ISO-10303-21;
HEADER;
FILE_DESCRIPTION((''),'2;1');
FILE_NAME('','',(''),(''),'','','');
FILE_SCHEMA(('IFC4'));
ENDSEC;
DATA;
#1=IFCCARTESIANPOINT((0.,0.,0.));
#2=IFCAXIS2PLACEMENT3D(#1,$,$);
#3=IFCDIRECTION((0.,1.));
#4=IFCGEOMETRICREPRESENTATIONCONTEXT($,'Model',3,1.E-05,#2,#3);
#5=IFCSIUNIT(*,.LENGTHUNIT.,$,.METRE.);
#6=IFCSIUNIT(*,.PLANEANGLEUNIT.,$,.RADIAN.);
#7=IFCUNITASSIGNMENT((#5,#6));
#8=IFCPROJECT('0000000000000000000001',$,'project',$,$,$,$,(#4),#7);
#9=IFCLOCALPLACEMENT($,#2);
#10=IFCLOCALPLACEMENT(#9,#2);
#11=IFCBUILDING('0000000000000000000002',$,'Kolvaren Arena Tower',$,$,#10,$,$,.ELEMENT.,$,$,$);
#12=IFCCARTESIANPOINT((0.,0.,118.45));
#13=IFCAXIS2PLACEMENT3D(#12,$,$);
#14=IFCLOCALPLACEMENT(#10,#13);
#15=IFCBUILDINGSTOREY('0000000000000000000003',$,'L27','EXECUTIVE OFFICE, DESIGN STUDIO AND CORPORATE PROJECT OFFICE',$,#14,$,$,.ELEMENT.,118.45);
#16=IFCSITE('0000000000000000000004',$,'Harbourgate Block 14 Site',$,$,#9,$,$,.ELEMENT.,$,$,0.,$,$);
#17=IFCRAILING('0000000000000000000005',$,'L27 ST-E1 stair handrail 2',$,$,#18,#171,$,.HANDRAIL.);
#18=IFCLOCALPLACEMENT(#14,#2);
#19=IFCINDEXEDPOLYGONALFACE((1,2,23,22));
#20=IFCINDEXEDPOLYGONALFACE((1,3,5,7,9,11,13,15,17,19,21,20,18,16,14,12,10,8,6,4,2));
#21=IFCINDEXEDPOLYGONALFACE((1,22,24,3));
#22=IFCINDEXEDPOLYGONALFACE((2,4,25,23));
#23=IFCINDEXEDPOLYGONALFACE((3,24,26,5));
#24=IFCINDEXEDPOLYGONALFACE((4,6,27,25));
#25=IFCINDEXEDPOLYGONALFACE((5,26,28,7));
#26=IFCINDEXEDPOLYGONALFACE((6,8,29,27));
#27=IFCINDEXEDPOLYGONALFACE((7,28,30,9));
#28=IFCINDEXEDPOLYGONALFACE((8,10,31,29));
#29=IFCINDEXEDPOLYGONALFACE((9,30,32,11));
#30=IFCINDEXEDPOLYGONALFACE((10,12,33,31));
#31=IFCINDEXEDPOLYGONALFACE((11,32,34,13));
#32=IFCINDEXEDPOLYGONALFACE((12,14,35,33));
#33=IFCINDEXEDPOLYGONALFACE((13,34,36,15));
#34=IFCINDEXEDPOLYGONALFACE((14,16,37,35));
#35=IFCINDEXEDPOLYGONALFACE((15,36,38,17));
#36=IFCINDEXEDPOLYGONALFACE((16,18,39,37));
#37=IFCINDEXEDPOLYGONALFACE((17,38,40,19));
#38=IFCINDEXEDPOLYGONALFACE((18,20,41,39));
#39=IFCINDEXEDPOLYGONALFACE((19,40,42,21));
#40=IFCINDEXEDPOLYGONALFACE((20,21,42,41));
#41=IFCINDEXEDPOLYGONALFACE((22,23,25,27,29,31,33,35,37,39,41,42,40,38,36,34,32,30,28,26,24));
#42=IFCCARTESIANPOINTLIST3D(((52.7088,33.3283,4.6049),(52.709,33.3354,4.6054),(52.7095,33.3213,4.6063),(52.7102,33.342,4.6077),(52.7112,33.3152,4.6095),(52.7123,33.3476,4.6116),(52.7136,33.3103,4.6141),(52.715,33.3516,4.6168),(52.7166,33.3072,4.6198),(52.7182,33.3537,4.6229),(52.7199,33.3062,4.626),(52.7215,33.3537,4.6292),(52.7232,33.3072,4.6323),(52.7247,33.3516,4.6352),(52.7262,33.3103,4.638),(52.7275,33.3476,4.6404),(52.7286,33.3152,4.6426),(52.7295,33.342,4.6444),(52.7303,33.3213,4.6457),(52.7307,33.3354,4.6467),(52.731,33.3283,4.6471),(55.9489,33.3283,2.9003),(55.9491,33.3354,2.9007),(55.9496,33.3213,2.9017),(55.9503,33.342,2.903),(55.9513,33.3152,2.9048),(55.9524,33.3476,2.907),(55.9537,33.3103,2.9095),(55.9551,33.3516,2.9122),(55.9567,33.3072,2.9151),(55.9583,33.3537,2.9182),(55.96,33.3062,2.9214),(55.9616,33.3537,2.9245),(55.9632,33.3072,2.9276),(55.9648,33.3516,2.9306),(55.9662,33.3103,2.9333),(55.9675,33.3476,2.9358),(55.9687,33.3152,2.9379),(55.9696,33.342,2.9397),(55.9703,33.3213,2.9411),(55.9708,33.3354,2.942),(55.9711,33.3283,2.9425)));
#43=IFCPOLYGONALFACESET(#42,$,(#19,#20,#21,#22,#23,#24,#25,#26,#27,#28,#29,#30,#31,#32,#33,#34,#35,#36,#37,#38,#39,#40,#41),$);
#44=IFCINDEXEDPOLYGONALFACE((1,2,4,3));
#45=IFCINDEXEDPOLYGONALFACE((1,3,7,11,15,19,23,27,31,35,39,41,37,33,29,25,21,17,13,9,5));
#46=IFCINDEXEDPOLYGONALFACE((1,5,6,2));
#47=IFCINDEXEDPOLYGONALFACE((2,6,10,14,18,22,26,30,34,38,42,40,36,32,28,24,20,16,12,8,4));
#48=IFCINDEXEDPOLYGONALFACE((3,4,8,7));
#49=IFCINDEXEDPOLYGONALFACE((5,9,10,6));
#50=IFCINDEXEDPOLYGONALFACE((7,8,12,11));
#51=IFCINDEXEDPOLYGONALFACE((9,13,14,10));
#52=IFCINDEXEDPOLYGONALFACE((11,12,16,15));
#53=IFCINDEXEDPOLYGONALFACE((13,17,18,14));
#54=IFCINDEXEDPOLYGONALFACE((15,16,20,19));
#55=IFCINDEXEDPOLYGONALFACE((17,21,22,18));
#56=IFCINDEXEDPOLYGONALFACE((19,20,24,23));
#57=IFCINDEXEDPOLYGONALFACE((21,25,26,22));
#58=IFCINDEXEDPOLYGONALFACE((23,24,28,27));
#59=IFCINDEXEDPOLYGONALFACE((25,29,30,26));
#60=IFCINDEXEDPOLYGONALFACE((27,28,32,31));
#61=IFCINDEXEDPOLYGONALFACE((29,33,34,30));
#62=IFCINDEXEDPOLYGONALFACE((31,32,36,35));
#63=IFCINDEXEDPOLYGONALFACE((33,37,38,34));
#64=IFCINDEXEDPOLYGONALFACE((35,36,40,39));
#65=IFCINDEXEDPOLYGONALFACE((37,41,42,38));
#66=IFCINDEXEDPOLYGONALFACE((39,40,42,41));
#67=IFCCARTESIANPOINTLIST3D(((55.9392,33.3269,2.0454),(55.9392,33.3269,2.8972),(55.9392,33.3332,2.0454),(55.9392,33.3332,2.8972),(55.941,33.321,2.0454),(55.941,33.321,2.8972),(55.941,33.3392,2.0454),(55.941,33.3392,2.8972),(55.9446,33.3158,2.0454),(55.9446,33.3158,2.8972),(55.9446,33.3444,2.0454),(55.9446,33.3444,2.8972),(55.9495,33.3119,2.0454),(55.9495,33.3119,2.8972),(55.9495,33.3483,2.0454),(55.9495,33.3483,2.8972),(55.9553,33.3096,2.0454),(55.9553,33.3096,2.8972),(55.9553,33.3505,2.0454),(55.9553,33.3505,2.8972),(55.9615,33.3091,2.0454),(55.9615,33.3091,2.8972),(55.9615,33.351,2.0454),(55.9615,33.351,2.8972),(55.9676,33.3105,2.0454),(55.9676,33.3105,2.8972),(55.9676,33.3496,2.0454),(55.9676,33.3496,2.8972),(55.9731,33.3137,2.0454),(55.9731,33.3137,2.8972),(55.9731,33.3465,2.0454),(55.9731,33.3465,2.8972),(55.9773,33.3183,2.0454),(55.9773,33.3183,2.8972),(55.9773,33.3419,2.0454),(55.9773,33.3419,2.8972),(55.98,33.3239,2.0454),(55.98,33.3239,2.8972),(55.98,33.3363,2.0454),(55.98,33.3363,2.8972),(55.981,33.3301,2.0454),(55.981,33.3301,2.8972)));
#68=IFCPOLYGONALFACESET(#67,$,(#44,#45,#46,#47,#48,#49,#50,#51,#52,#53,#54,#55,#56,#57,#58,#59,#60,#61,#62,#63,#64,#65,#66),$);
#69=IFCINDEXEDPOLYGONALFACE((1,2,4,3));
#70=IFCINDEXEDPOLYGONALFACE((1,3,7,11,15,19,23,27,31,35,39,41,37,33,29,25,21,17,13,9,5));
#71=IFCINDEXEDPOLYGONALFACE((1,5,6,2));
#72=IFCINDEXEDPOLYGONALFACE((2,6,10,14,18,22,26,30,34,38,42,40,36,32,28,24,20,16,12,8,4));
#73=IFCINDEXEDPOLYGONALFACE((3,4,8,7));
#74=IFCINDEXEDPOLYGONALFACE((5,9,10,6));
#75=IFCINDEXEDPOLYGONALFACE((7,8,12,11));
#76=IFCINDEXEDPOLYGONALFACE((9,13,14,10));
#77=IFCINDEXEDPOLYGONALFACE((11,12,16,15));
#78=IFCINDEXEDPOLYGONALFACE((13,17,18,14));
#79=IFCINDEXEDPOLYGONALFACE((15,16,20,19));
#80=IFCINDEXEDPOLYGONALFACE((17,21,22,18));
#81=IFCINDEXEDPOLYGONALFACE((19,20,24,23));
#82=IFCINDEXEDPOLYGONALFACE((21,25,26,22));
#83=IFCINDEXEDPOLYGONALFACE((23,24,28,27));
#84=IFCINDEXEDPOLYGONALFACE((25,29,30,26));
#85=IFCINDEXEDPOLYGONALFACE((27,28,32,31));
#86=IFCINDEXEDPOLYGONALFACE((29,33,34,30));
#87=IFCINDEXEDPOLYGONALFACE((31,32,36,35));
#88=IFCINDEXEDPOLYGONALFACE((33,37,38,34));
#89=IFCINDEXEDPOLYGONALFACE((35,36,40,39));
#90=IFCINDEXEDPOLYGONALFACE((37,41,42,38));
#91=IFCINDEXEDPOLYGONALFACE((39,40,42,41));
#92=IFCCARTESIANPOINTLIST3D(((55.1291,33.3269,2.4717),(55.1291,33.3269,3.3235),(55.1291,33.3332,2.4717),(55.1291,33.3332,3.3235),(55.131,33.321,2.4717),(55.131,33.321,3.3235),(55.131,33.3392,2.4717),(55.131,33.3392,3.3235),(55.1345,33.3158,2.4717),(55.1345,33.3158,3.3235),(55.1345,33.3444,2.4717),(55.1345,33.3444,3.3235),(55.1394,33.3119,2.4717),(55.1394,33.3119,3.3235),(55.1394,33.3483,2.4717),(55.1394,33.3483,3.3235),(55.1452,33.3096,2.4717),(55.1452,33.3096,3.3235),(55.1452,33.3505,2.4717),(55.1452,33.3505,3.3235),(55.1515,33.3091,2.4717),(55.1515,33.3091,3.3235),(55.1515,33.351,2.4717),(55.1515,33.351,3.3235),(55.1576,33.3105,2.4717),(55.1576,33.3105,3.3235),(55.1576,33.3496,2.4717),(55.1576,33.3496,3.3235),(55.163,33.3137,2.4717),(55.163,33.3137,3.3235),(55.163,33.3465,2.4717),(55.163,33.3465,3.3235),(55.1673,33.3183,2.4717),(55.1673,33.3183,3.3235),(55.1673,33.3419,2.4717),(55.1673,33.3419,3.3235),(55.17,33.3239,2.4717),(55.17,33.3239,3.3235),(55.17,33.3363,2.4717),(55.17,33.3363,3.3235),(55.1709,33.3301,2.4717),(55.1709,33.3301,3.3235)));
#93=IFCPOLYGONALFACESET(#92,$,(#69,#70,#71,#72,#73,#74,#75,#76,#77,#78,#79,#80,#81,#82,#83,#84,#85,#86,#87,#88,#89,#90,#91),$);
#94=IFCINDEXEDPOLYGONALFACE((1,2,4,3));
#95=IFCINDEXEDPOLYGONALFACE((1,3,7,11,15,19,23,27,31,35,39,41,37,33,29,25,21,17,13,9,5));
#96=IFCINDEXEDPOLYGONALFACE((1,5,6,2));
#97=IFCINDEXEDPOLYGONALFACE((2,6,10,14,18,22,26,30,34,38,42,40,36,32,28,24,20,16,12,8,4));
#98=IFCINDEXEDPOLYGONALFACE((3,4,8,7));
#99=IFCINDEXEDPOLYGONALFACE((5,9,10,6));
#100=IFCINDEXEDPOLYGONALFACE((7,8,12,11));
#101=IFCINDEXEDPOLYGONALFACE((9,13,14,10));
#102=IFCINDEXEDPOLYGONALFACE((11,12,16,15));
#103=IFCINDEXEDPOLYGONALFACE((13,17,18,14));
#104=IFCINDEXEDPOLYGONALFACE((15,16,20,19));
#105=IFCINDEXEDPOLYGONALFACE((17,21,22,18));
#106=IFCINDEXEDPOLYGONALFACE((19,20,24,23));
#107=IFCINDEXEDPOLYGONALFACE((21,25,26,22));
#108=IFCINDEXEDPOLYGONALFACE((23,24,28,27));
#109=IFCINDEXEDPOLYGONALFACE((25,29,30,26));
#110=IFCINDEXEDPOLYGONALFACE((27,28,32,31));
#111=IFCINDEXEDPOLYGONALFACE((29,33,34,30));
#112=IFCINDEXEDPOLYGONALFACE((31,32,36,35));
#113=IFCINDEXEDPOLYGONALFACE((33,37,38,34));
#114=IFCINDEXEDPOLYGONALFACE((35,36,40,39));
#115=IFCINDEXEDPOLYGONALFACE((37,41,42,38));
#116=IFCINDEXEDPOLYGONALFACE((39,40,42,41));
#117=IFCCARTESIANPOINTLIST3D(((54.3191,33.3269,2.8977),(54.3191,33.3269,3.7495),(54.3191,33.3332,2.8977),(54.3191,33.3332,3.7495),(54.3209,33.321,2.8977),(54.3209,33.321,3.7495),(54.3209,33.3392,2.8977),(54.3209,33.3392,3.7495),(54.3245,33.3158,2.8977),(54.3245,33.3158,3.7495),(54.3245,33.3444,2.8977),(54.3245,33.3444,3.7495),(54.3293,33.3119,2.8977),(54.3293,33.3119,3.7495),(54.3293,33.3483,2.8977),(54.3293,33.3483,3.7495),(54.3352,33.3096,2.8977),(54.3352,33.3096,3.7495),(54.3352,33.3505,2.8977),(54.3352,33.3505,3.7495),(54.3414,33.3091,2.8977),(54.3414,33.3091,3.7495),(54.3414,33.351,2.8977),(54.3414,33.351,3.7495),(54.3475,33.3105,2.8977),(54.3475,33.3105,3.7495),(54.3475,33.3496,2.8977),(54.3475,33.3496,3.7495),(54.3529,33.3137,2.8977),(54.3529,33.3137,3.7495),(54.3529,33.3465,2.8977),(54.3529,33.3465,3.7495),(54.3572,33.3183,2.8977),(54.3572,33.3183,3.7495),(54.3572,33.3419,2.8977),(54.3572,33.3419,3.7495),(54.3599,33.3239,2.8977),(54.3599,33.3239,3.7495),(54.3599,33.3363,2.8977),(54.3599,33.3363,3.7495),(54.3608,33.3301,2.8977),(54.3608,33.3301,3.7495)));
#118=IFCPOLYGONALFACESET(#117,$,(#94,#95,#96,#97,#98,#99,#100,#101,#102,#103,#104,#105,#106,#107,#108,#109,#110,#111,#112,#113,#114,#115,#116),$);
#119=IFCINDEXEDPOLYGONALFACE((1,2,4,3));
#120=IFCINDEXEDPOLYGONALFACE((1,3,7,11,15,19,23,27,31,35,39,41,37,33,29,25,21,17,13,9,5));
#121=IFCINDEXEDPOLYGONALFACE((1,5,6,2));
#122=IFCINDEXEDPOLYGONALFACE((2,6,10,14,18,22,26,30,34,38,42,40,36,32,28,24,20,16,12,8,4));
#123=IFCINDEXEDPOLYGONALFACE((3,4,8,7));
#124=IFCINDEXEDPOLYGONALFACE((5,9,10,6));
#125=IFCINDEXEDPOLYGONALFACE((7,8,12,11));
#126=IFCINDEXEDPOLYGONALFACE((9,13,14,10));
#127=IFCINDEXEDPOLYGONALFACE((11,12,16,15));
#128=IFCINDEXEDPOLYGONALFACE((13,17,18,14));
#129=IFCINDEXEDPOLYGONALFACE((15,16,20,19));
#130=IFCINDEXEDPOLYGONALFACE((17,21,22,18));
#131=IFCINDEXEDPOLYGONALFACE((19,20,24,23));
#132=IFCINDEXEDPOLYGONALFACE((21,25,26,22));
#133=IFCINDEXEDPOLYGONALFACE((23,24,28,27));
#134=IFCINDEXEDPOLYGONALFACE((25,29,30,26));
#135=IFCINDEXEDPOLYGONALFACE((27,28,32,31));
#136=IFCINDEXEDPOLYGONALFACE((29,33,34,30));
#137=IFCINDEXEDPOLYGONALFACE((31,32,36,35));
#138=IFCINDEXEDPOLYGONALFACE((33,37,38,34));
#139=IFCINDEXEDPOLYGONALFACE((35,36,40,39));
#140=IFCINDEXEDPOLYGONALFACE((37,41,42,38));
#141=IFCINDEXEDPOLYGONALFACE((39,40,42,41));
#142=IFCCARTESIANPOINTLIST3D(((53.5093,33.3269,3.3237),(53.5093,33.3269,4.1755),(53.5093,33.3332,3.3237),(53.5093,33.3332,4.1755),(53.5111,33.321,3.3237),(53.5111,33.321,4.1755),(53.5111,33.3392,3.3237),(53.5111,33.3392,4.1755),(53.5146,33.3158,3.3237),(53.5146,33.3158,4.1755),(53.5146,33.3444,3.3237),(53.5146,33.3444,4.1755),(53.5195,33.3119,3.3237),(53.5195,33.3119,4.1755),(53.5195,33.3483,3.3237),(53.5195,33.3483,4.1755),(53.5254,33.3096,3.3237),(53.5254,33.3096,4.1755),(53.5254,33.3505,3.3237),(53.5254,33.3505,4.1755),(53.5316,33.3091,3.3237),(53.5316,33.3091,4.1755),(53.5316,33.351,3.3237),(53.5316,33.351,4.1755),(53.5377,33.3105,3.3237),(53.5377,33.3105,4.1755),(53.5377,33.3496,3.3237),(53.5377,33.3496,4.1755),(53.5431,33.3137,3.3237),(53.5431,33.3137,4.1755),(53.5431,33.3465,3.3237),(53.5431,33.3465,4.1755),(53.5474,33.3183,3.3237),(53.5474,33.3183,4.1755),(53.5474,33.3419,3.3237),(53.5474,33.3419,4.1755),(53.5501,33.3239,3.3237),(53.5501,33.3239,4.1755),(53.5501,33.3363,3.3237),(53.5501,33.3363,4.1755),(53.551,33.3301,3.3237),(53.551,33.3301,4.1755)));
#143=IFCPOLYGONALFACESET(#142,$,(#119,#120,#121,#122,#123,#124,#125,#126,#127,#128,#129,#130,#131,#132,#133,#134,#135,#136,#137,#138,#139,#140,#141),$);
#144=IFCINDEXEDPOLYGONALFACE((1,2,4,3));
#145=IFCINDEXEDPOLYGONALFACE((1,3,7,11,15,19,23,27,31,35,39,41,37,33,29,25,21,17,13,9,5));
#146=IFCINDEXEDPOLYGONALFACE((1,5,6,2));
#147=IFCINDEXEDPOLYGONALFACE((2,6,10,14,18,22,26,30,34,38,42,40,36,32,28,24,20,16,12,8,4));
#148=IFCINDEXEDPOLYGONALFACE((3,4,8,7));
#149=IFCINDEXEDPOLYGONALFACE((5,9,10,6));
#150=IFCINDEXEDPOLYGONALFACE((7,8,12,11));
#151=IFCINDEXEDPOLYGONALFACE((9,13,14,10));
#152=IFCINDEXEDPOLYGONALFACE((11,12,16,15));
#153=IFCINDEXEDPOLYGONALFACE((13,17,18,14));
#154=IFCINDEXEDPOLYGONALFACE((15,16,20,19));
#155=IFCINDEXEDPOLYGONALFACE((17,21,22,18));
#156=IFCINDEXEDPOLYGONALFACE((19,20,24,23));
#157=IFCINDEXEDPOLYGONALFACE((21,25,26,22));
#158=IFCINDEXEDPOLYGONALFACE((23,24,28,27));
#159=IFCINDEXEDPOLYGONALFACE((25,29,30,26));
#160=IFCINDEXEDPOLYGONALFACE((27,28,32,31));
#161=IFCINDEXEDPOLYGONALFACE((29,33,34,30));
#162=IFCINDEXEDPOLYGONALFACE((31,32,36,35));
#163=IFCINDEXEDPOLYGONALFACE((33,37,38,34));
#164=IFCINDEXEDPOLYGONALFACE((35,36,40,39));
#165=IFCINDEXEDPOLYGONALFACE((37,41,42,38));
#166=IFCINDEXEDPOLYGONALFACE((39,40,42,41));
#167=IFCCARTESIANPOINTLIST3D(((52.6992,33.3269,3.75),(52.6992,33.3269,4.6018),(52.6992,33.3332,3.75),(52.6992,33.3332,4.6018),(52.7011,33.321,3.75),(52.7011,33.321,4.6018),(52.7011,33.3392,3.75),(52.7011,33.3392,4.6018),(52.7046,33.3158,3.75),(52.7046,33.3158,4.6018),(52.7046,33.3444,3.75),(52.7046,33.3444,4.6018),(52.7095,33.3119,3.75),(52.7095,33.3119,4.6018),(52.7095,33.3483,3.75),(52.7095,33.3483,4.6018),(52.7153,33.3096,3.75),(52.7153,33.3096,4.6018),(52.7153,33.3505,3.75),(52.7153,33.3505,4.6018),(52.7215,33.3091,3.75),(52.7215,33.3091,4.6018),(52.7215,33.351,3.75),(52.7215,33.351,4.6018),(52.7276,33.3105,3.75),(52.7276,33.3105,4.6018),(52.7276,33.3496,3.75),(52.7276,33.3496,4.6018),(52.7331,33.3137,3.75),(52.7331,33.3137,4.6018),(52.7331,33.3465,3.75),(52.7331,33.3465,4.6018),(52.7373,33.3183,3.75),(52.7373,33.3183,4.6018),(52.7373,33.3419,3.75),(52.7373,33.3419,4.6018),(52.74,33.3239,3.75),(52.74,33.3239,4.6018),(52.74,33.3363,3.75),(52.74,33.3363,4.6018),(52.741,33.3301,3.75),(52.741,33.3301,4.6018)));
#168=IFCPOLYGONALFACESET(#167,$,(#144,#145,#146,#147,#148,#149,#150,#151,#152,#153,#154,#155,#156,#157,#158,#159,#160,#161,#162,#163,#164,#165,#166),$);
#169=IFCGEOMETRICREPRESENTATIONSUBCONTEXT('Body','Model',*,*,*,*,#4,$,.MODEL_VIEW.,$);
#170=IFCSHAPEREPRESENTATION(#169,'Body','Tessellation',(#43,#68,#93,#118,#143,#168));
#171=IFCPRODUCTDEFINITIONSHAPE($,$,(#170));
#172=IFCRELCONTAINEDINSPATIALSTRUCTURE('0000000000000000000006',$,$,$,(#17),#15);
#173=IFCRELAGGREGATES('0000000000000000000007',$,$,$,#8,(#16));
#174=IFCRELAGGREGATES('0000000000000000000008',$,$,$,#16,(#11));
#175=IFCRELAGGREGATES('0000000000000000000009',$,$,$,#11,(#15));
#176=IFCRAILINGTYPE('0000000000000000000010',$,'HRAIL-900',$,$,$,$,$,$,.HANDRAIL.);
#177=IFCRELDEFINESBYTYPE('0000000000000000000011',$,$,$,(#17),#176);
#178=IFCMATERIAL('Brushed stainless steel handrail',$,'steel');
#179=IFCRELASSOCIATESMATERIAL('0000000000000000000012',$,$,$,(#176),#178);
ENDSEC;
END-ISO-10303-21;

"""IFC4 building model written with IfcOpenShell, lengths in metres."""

from ifc_helpers import new_model, si_unit, direction, frame, origin, origin_2d, place, context, subcontext, project, spatial, circle, extrude, material, type_object, element, save


model = new_model("IFC4")

# Units and contexts
model_context = context("Model", 3, precision=1e-05, world=origin(), true_north=direction((0.0, 1.0)))
body_context = subcontext(model_context, "Body", "Model", "MODEL_VIEW")
ifc_project = project(units=[si_unit("LENGTHUNIT", "METRE"), si_unit("PLANEANGLEUNIT", "RADIAN")], contexts=[model_context])

# Site, building, storey
site_placement = place(None, origin())
site = spatial("IfcSite", under=ifc_project, at=site_placement, Name="Harbourgate Block 14 Site", CompositionType="ELEMENT", RefElevation=0.0)
building_placement = place(site_placement, origin())
building = spatial("IfcBuilding", under=site, at=building_placement, Name="Kolvaren Arena Tower", CompositionType="ELEMENT")
storey_placement = place(building_placement, frame((0.0, 0.0, 118.45)))
storey = spatial("IfcBuildingStorey", under=building, at=storey_placement, Name="L27", Description="EXECUTIVE OFFICE, DESIGN STUDIO AND CORPORATE PROJECT OFFICE", CompositionType="ELEMENT", Elevation=118.45)

# Railing
ifc_material_1 = material(Name="Brushed stainless steel handrail", Category="steel")
railing_type_1 = type_object("IfcRailingType", Name="HRAIL-900", PredefinedType="HANDRAIL", material=ifc_material_1)
for number, where, name in (
    (1, (55.96, 33.3301, 2.0454), "L27 ST-E1 stair handrail 2"),
):
    element("IfcRailing", number, at=place(storey_placement, frame(where)), inside=storey, type_object=railing_type_1, Name=name, PredefinedType="HANDRAIL", context=body_context, shape_type="SweptSolid", body=[
        extrude(circle(Radius=0.0239, at=origin_2d()), frame((0.0, 0.0, 0.876), z_axis=(-0.884993, 0.0, 0.465604), x_axis=(0.0, -1.0, 0.0)), (0.0, 0.0, 1.0), 3.6611),
        extrude(circle(Radius=0.021, at=origin_2d()), origin(), (0.0, 0.0, 1.0), 0.8518),
        extrude(circle(Radius=0.021, at=origin_2d()), frame((-0.8101, 0.0, 0.4263)), (0.0, 0.0, 1.0), 0.8518),
        extrude(circle(Radius=0.021, at=origin_2d()), frame((-1.6201, 0.0, 0.8523)), (0.0, 0.0, 1.0), 0.8518),
        extrude(circle(Radius=0.021, at=origin_2d()), frame((-2.4299, 0.0, 1.2783)), (0.0, 0.0, 1.0), 0.8518),
        extrude(circle(Radius=0.021, at=origin_2d()), frame((-3.24, 0.0, 1.7046)), (0.0, 0.0, 1.0), 0.8518),
    ])

save(model, "model.ifc")
